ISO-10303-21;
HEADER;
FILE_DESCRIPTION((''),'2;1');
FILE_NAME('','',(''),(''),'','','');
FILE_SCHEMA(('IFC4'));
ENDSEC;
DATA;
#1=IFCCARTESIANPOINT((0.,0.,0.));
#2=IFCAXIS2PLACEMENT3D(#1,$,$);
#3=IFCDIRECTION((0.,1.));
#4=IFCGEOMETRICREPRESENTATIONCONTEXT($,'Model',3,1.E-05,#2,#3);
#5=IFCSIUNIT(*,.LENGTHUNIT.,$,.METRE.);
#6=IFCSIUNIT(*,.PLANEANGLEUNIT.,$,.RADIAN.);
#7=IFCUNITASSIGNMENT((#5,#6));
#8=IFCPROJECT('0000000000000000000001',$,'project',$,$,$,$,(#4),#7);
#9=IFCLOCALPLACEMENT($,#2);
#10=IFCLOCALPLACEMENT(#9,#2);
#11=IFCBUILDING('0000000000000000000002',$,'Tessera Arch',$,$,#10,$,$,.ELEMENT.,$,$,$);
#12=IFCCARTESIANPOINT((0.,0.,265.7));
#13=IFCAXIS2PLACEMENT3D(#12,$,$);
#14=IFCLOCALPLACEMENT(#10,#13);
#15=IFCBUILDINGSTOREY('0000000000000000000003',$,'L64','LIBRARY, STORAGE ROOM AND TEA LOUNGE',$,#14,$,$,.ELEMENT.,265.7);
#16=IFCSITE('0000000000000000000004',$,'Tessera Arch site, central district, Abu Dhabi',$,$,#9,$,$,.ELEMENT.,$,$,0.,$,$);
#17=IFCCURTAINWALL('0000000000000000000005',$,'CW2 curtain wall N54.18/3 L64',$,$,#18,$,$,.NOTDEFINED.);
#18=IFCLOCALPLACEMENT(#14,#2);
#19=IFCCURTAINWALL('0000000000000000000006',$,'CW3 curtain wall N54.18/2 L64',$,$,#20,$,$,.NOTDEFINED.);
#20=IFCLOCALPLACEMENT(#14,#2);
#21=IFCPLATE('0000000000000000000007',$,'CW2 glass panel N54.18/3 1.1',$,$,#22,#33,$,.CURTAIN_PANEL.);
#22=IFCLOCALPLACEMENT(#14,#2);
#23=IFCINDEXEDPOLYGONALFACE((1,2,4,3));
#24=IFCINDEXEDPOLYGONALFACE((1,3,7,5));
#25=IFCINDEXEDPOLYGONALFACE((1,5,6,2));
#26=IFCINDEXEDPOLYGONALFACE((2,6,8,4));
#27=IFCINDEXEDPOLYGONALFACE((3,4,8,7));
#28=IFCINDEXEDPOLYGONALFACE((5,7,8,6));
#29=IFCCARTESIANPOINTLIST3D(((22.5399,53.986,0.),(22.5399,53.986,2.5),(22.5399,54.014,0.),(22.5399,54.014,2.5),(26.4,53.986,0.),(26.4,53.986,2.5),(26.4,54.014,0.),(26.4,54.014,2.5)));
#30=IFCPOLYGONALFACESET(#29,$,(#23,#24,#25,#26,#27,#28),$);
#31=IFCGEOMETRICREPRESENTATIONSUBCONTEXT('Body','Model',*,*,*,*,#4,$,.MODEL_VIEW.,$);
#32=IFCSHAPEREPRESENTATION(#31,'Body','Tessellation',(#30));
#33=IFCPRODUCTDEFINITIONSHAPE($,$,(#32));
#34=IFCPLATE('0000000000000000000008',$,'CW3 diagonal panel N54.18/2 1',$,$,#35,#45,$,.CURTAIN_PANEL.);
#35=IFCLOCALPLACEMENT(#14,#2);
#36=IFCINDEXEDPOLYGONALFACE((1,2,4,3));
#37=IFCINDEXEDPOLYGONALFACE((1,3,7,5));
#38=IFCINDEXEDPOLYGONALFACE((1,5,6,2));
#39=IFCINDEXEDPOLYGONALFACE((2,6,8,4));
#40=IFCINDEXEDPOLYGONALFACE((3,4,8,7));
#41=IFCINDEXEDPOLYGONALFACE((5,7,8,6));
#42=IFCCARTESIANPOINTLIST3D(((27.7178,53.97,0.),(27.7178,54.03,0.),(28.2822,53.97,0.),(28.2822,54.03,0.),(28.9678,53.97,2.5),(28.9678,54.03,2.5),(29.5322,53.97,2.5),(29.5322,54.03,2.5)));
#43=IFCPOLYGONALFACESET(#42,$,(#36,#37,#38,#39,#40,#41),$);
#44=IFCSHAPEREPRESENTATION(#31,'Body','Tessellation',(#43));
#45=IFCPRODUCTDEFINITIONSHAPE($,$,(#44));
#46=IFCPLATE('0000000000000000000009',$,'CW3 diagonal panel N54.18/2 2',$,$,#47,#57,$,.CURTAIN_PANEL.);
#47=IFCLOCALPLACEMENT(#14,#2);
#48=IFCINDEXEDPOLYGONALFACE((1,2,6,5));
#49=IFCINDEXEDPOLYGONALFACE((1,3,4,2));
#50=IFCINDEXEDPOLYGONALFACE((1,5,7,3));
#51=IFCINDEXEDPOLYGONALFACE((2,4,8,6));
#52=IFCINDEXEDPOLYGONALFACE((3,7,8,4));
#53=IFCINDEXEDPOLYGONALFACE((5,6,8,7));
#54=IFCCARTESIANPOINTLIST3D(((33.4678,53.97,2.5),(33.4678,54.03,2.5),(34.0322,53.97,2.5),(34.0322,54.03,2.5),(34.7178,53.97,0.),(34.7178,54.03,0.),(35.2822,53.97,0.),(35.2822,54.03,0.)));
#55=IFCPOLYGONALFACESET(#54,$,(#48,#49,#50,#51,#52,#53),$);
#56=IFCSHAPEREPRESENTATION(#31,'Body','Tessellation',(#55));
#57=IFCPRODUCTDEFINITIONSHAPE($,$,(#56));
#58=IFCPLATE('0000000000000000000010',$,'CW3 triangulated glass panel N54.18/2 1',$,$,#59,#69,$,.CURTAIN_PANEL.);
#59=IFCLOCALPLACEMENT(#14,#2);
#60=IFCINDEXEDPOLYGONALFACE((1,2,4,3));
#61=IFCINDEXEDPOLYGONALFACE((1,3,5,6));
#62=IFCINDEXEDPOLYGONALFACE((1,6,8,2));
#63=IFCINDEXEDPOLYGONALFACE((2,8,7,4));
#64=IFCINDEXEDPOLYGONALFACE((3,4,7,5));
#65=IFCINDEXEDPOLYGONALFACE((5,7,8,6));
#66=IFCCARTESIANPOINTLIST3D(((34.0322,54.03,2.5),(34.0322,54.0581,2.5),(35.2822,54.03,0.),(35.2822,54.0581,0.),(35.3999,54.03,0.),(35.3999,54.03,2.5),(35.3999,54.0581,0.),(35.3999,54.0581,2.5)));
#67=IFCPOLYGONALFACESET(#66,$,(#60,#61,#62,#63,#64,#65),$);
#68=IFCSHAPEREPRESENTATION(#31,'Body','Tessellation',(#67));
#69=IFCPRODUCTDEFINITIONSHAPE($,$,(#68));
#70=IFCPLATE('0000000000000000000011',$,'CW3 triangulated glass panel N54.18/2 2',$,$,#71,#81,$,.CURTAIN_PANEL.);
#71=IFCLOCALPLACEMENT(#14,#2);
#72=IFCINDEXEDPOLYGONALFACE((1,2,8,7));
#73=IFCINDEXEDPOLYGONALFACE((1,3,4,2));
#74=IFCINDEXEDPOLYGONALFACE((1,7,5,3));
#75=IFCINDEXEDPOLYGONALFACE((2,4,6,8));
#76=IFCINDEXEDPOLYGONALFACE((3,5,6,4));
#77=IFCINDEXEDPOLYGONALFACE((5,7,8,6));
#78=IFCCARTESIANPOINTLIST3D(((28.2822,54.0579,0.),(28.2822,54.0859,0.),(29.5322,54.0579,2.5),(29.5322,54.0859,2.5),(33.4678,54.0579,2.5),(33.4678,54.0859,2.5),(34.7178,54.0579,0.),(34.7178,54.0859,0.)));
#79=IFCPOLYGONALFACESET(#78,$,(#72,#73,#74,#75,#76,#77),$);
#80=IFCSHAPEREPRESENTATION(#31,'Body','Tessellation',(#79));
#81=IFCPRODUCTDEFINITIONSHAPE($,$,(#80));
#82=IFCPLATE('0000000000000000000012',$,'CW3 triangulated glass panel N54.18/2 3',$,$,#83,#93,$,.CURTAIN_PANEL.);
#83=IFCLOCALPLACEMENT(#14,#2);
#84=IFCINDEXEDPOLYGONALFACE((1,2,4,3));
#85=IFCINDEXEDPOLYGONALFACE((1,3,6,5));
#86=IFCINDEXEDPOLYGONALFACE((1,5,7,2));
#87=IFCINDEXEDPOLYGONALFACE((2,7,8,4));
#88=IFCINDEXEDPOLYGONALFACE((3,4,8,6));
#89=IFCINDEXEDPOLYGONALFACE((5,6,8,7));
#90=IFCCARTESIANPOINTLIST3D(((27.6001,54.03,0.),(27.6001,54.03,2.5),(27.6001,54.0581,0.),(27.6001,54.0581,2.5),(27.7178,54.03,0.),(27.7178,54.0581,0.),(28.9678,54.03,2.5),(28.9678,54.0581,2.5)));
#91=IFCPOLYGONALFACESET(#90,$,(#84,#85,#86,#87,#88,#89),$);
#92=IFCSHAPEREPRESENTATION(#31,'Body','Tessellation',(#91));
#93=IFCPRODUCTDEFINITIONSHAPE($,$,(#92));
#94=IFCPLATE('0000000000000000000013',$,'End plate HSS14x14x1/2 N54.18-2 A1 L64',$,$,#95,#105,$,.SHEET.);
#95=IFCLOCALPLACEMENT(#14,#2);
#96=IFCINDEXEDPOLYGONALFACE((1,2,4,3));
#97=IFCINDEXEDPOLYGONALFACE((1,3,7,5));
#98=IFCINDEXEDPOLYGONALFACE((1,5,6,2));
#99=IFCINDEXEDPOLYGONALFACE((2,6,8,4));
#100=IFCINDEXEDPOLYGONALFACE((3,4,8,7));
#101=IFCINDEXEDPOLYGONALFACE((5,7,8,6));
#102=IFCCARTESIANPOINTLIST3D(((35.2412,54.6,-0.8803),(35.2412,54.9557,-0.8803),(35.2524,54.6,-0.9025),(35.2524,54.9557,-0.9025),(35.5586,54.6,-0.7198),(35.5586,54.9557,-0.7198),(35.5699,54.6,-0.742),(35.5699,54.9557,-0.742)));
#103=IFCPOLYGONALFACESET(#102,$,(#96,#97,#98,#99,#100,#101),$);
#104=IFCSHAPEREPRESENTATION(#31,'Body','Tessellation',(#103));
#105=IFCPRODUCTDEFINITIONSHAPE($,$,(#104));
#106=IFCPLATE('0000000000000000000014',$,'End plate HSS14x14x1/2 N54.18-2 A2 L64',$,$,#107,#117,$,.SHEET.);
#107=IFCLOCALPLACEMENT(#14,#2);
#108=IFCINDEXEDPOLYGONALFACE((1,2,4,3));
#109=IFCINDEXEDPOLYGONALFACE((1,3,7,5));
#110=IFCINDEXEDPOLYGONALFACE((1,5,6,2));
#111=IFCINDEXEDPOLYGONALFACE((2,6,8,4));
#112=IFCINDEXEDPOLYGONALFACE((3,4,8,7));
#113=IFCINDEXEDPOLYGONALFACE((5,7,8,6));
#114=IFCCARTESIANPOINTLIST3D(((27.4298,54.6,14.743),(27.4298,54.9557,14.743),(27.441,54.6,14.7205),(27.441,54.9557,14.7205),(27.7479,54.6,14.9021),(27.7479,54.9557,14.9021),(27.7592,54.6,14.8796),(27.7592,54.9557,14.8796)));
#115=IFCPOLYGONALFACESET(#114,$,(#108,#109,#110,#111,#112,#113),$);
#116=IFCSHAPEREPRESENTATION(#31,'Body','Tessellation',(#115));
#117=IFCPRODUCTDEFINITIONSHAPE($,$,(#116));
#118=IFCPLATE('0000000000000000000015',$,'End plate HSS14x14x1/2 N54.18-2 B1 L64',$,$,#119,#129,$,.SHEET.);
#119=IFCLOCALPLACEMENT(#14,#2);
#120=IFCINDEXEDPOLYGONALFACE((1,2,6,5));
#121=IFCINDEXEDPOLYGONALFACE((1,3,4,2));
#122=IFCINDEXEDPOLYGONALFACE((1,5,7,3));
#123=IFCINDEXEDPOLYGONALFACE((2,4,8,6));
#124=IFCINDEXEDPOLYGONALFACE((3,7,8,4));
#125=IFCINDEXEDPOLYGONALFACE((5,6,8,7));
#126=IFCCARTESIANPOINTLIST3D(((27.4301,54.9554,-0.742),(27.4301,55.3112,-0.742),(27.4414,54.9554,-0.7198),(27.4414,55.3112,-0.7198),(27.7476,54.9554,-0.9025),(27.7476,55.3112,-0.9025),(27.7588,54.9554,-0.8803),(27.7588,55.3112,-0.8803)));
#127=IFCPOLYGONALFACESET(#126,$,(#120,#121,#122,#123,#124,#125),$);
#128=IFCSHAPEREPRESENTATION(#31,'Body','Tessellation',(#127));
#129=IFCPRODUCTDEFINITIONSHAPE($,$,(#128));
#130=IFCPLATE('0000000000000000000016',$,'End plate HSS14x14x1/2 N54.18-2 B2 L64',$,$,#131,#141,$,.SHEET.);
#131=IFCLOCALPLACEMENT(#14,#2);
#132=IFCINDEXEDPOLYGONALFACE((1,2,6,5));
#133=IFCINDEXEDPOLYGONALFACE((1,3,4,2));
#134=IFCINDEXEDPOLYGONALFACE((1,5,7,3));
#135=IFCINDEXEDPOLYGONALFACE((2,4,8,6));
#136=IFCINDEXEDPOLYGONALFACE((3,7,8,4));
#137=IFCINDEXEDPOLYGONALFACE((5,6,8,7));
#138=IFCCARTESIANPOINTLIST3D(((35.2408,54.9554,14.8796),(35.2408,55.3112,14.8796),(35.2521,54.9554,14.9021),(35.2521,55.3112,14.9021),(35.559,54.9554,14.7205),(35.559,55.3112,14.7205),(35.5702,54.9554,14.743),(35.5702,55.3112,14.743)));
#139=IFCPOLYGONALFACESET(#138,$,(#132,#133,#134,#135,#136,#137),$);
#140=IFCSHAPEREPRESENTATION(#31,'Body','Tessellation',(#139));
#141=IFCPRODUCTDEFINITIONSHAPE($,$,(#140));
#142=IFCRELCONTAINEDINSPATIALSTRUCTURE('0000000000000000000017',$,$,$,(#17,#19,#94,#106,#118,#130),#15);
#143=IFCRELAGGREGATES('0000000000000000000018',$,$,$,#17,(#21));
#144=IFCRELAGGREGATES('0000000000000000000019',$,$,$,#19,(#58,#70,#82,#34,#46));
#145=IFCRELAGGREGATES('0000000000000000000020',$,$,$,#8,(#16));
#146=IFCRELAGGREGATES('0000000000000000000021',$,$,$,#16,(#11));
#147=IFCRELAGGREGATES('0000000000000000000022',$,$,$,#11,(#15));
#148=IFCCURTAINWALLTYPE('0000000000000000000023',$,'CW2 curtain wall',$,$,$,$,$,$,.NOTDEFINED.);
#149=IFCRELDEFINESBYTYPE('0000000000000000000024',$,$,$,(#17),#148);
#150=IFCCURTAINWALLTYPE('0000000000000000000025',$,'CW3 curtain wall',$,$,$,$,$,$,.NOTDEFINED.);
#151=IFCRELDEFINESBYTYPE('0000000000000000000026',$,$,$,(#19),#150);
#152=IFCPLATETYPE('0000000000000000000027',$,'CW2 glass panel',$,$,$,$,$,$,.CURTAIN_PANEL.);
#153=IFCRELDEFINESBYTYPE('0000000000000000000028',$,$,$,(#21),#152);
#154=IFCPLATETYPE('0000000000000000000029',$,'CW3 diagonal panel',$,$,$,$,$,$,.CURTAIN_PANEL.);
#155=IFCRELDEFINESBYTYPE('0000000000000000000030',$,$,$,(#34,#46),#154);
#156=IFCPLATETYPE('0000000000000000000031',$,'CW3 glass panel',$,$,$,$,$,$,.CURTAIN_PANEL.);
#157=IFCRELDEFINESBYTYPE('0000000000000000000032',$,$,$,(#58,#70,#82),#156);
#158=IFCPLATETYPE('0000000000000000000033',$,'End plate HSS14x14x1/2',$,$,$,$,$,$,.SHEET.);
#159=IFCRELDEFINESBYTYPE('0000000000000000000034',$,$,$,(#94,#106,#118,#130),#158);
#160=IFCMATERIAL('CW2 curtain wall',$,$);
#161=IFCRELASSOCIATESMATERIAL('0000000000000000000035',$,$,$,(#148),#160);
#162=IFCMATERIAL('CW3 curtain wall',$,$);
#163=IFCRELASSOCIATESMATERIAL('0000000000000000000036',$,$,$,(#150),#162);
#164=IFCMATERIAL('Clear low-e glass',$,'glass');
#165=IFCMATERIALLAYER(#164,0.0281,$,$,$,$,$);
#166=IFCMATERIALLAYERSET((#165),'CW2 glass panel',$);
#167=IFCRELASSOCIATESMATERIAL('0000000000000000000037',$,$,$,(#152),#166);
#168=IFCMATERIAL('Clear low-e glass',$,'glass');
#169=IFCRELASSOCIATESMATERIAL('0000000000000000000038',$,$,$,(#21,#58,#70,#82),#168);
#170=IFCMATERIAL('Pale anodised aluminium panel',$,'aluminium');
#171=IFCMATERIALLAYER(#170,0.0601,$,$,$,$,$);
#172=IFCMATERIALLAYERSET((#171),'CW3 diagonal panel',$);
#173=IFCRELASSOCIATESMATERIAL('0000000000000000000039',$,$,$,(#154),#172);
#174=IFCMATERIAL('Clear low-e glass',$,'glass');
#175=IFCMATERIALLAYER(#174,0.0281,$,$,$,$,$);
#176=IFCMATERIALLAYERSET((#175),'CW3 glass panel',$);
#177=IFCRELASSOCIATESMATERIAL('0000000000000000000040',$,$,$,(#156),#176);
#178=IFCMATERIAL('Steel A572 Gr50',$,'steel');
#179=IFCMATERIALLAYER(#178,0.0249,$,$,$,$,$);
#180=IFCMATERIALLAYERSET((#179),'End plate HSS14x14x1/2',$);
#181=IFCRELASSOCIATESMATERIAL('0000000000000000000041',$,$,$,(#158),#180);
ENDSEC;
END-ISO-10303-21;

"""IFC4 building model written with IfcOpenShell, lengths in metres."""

from ifc_helpers import new_model, si_unit, direction, frame, origin, origin_2d, place, context, subcontext, project, spatial, polyline, rectangle, outline, extrude, material, layer, layer_set, type_object, element, aggregate, save


model = new_model("IFC4")

# Units and contexts
model_context = context("Model", 3, precision=1e-05, world=origin(), true_north=direction((0.0, 1.0)))
body_context = subcontext(model_context, "Body", "Model", "MODEL_VIEW")
ifc_project = project(units=[si_unit("LENGTHUNIT", "METRE"), si_unit("PLANEANGLEUNIT", "RADIAN")], contexts=[model_context])

# Site, building, storey
site_placement = place(None, origin())
site = spatial("IfcSite", under=ifc_project, at=site_placement, Name="Tessera Arch site, central district, Abu Dhabi", CompositionType="ELEMENT", RefElevation=0.0)
building_placement = place(site_placement, origin())
building = spatial("IfcBuilding", under=site, at=building_placement, Name="Tessera Arch", CompositionType="ELEMENT")
storey_placement = place(building_placement, frame((0.0, 0.0, 265.7)))
storey = spatial("IfcBuildingStorey", under=building, at=storey_placement, Name="L64", Description="LIBRARY, STORAGE ROOM AND TEA LOUNGE", CompositionType="ELEMENT", Elevation=265.7)

# Curtain walls
ifc_material_1 = material(Name="CW2 curtain wall")
curtain_wall_type_1 = type_object("IfcCurtainWallType", Name="CW2 curtain wall", PredefinedType="NOTDEFINED", material=ifc_material_1)
curtain_wall_1_placement = place(storey_placement, origin())
curtain_wall_1 = element("IfcCurtainWall", 1, at=curtain_wall_1_placement, inside=storey, type_object=curtain_wall_type_1, Name="CW2 curtain wall N54.18/3 L64", PredefinedType="NOTDEFINED")
ifc_material_2 = material(Name="CW3 curtain wall")
curtain_wall_type_2 = type_object("IfcCurtainWallType", Name="CW3 curtain wall", PredefinedType="NOTDEFINED", material=ifc_material_2)
curtain_wall_2_placement = place(storey_placement, origin())
curtain_wall_2 = element("IfcCurtainWall", 2, at=curtain_wall_2_placement, inside=storey, type_object=curtain_wall_type_2, Name="CW3 curtain wall N54.18/2 L64", PredefinedType="NOTDEFINED")

# Plates
ifc_material_3 = material(Name="Clear low-e glass", Category="glass")
ifc_material_4 = material(Name="Clear low-e glass", Category="glass")
ifc_layer_1 = layer(ifc_material_4, 0.0281)
ifc_layer_set_1 = layer_set([ifc_layer_1], Name="CW2 glass panel")
plate_type_1 = type_object("IfcPlateType", Name="CW2 glass panel", PredefinedType="CURTAIN_PANEL", material=ifc_layer_set_1)
plate_1_placement = place(storey_placement, frame((24.47, 54.0, 0.0), z_axis=(0.0, 0.0, 1.0), x_axis=(-1.0, 0.0, 0.0)))
plate_1 = element("IfcPlate", 3, at=plate_1_placement, type_object=plate_type_1, material=ifc_material_3, Name="CW2 glass panel N54.18/3 1.1", PredefinedType="CURTAIN_PANEL", context=body_context, shape_type="SweptSolid", body=[
    extrude(rectangle(XDim=3.8601, YDim=0.0281, at=origin_2d()), origin(), (0.0, 0.0, 1.0), 2.5),
])
aggregate(curtain_wall_1, [plate_1])
ifc_material_5 = material(Name="Pale anodised aluminium panel", Category="aluminium")
ifc_layer_2 = layer(ifc_material_5, 0.0601)
ifc_layer_set_2 = layer_set([ifc_layer_2], Name="CW3 diagonal panel")
plate_type_2 = type_object("IfcPlateType", Name="CW3 diagonal panel", PredefinedType="CURTAIN_PANEL", material=ifc_layer_set_2)
plate_2_placement = place(storey_placement, frame((28.9678, 54.03, 2.5), z_axis=(0.0, 1.0, 0.0), x_axis=(1.0, 0.0, 0.0)))
plate_2 = element("IfcPlate", 4, at=plate_2_placement, type_object=plate_type_2, Name="CW3 diagonal panel N54.18/2 1", PredefinedType="CURTAIN_PANEL", context=body_context, shape_type="SweptSolid", body=[
    extrude(outline(polyline([(0.0, 0.0), (0.5645, 0.0), (-0.6855, 2.5), (-1.25, 2.5), (0.0, 0.0)])), origin(), (0.0, 0.0, -1.0), 0.0601),
])
plate_3_placement = place(storey_placement, frame((33.4678, 54.03, 2.5), z_axis=(0.0, 1.0, 0.0), x_axis=(1.0, 0.0, 0.0)))
plate_3 = element("IfcPlate", 5, at=plate_3_placement, type_object=plate_type_2, Name="CW3 diagonal panel N54.18/2 2", PredefinedType="CURTAIN_PANEL", context=body_context, shape_type="SweptSolid", body=[
    extrude(outline(polyline([(0.0, 0.0), (0.5645, 0.0), (1.8145, 2.5), (1.25, 2.5), (0.0, 0.0)])), origin(), (0.0, 0.0, -1.0), 0.0601),
])
ifc_material_6 = material(Name="Clear low-e glass", Category="glass")
ifc_layer_3 = layer(ifc_material_6, 0.0281)
ifc_layer_set_3 = layer_set([ifc_layer_3], Name="CW3 glass panel")
plate_type_3 = type_object("IfcPlateType", Name="CW3 glass panel", PredefinedType="CURTAIN_PANEL", material=ifc_layer_set_3)
plate_4_placement = place(storey_placement, frame((35.3999, 54.0581, 0.0), z_axis=(0.0, 1.0, 0.0), x_axis=(-1.0, 0.0, 0.0)))
plate_4 = element("IfcPlate", 6, at=plate_4_placement, type_object=plate_type_3, material=ifc_material_3, Name="CW3 triangulated glass panel N54.18/2 1", PredefinedType="CURTAIN_PANEL", context=body_context, shape_type="SweptSolid", body=[
    extrude(outline(polyline([(0.0, 0.0), (0.1177, 0.0), (1.3677, 2.5), (0.0, 2.5), (0.0, 0.0)])), origin(), (0.0, 0.0, -1.0), 0.0281),
])
plate_5_placement = place(storey_placement, frame((29.5322, 54.0859, 2.5), z_axis=(0.0, 1.0, 0.0), x_axis=(1.0, 0.0, 0.0)))
plate_5 = element("IfcPlate", 7, at=plate_5_placement, type_object=plate_type_3, material=ifc_material_3, Name="CW3 triangulated glass panel N54.18/2 2", PredefinedType="CURTAIN_PANEL", context=body_context, shape_type="SweptSolid", body=[
    extrude(outline(polyline([(0.0, 0.0), (3.9355, 0.0), (5.1855, 2.5), (-1.25, 2.5), (0.0, 0.0)])), origin(), (0.0, 0.0, -1.0), 0.0281),
])
plate_6_placement = place(storey_placement, frame((27.6001, 54.0581, 2.5), z_axis=(0.0, 1.0, 0.0), x_axis=(1.0, 0.0, 0.0)))
plate_6 = element("IfcPlate", 8, at=plate_6_placement, type_object=plate_type_3, material=ifc_material_3, Name="CW3 triangulated glass panel N54.18/2 3", PredefinedType="CURTAIN_PANEL", context=body_context, shape_type="SweptSolid", body=[
    extrude(outline(polyline([(0.0, 0.0), (1.3677, 0.0), (0.1177, 2.5), (0.0, 2.5), (0.0, 0.0)])), origin(), (0.0, 0.0, -1.0), 0.0281),
])
aggregate(curtain_wall_2, [plate_4, plate_5, plate_6, plate_2, plate_3])

# Plates
ifc_material_7 = material(Name="Steel A572 Gr50", Category="steel")
ifc_layer_4 = layer(ifc_material_7, 0.0249)
ifc_layer_set_4 = layer_set([ifc_layer_4], Name="End plate HSS14x14x1/2")
plate_type_4 = type_object("IfcPlateType", Name="End plate HSS14x14x1/2", PredefinedType="SHEET", material=ifc_layer_set_4)
plate_7_placement = place(storey_placement, frame((35.4111, 54.7778, -0.8223), z_axis=(-0.451132, 0.0, 0.892457), x_axis=(0.0, -1.0, 0.0)))
element("IfcPlate", 9, at=plate_7_placement, inside=storey, type_object=plate_type_4, Name="End plate HSS14x14x1/2 N54.18-2 A1 L64", PredefinedType="SHEET", context=body_context, shape_type="SweptSolid", body=[
    extrude(rectangle(XDim=0.3557, YDim=0.3557, at=origin_2d()), origin(), (0.0, 0.0, 1.0), 0.0249),
])
plate_8_placement = place(storey_placement, frame((27.6001, 54.7778, 14.8), z_axis=(-0.447214, 0.0, 0.894427), x_axis=(0.0, -1.0, 0.0)))
element("IfcPlate", 10, at=plate_8_placement, inside=storey, type_object=plate_type_4, Name="End plate HSS14x14x1/2 N54.18-2 A2 L64", PredefinedType="SHEET", context=body_context, shape_type="SweptSolid", body=[
    extrude(rectangle(XDim=0.3557, YDim=0.3557, at=origin_2d()), origin(), (0.0, 0.0, 1.0), 0.0251),
])
plate_9_placement = place(storey_placement, frame((27.5889, 55.1333, -0.8223), z_axis=(0.451132, 0.0, 0.892457), x_axis=(0.0, 1.0, 0.0)))
element("IfcPlate", 11, at=plate_9_placement, inside=storey, type_object=plate_type_4, Name="End plate HSS14x14x1/2 N54.18-2 B1 L64", PredefinedType="SHEET", context=body_context, shape_type="SweptSolid", body=[
    extrude(rectangle(XDim=0.3557, YDim=0.3557, at=origin_2d()), origin(), (0.0, 0.0, 1.0), 0.0249),
])
plate_10_placement = place(storey_placement, frame((35.3999, 55.1333, 14.8), z_axis=(0.447214, 0.0, 0.894427), x_axis=(0.0, 1.0, 0.0)))
element("IfcPlate", 12, at=plate_10_placement, inside=storey, type_object=plate_type_4, Name="End plate HSS14x14x1/2 N54.18-2 B2 L64", PredefinedType="SHEET", context=body_context, shape_type="SweptSolid", body=[
    extrude(rectangle(XDim=0.3557, YDim=0.3557, at=origin_2d()), origin(), (0.0, 0.0, 1.0), 0.0251),
])

save(model, "model.ifc")
